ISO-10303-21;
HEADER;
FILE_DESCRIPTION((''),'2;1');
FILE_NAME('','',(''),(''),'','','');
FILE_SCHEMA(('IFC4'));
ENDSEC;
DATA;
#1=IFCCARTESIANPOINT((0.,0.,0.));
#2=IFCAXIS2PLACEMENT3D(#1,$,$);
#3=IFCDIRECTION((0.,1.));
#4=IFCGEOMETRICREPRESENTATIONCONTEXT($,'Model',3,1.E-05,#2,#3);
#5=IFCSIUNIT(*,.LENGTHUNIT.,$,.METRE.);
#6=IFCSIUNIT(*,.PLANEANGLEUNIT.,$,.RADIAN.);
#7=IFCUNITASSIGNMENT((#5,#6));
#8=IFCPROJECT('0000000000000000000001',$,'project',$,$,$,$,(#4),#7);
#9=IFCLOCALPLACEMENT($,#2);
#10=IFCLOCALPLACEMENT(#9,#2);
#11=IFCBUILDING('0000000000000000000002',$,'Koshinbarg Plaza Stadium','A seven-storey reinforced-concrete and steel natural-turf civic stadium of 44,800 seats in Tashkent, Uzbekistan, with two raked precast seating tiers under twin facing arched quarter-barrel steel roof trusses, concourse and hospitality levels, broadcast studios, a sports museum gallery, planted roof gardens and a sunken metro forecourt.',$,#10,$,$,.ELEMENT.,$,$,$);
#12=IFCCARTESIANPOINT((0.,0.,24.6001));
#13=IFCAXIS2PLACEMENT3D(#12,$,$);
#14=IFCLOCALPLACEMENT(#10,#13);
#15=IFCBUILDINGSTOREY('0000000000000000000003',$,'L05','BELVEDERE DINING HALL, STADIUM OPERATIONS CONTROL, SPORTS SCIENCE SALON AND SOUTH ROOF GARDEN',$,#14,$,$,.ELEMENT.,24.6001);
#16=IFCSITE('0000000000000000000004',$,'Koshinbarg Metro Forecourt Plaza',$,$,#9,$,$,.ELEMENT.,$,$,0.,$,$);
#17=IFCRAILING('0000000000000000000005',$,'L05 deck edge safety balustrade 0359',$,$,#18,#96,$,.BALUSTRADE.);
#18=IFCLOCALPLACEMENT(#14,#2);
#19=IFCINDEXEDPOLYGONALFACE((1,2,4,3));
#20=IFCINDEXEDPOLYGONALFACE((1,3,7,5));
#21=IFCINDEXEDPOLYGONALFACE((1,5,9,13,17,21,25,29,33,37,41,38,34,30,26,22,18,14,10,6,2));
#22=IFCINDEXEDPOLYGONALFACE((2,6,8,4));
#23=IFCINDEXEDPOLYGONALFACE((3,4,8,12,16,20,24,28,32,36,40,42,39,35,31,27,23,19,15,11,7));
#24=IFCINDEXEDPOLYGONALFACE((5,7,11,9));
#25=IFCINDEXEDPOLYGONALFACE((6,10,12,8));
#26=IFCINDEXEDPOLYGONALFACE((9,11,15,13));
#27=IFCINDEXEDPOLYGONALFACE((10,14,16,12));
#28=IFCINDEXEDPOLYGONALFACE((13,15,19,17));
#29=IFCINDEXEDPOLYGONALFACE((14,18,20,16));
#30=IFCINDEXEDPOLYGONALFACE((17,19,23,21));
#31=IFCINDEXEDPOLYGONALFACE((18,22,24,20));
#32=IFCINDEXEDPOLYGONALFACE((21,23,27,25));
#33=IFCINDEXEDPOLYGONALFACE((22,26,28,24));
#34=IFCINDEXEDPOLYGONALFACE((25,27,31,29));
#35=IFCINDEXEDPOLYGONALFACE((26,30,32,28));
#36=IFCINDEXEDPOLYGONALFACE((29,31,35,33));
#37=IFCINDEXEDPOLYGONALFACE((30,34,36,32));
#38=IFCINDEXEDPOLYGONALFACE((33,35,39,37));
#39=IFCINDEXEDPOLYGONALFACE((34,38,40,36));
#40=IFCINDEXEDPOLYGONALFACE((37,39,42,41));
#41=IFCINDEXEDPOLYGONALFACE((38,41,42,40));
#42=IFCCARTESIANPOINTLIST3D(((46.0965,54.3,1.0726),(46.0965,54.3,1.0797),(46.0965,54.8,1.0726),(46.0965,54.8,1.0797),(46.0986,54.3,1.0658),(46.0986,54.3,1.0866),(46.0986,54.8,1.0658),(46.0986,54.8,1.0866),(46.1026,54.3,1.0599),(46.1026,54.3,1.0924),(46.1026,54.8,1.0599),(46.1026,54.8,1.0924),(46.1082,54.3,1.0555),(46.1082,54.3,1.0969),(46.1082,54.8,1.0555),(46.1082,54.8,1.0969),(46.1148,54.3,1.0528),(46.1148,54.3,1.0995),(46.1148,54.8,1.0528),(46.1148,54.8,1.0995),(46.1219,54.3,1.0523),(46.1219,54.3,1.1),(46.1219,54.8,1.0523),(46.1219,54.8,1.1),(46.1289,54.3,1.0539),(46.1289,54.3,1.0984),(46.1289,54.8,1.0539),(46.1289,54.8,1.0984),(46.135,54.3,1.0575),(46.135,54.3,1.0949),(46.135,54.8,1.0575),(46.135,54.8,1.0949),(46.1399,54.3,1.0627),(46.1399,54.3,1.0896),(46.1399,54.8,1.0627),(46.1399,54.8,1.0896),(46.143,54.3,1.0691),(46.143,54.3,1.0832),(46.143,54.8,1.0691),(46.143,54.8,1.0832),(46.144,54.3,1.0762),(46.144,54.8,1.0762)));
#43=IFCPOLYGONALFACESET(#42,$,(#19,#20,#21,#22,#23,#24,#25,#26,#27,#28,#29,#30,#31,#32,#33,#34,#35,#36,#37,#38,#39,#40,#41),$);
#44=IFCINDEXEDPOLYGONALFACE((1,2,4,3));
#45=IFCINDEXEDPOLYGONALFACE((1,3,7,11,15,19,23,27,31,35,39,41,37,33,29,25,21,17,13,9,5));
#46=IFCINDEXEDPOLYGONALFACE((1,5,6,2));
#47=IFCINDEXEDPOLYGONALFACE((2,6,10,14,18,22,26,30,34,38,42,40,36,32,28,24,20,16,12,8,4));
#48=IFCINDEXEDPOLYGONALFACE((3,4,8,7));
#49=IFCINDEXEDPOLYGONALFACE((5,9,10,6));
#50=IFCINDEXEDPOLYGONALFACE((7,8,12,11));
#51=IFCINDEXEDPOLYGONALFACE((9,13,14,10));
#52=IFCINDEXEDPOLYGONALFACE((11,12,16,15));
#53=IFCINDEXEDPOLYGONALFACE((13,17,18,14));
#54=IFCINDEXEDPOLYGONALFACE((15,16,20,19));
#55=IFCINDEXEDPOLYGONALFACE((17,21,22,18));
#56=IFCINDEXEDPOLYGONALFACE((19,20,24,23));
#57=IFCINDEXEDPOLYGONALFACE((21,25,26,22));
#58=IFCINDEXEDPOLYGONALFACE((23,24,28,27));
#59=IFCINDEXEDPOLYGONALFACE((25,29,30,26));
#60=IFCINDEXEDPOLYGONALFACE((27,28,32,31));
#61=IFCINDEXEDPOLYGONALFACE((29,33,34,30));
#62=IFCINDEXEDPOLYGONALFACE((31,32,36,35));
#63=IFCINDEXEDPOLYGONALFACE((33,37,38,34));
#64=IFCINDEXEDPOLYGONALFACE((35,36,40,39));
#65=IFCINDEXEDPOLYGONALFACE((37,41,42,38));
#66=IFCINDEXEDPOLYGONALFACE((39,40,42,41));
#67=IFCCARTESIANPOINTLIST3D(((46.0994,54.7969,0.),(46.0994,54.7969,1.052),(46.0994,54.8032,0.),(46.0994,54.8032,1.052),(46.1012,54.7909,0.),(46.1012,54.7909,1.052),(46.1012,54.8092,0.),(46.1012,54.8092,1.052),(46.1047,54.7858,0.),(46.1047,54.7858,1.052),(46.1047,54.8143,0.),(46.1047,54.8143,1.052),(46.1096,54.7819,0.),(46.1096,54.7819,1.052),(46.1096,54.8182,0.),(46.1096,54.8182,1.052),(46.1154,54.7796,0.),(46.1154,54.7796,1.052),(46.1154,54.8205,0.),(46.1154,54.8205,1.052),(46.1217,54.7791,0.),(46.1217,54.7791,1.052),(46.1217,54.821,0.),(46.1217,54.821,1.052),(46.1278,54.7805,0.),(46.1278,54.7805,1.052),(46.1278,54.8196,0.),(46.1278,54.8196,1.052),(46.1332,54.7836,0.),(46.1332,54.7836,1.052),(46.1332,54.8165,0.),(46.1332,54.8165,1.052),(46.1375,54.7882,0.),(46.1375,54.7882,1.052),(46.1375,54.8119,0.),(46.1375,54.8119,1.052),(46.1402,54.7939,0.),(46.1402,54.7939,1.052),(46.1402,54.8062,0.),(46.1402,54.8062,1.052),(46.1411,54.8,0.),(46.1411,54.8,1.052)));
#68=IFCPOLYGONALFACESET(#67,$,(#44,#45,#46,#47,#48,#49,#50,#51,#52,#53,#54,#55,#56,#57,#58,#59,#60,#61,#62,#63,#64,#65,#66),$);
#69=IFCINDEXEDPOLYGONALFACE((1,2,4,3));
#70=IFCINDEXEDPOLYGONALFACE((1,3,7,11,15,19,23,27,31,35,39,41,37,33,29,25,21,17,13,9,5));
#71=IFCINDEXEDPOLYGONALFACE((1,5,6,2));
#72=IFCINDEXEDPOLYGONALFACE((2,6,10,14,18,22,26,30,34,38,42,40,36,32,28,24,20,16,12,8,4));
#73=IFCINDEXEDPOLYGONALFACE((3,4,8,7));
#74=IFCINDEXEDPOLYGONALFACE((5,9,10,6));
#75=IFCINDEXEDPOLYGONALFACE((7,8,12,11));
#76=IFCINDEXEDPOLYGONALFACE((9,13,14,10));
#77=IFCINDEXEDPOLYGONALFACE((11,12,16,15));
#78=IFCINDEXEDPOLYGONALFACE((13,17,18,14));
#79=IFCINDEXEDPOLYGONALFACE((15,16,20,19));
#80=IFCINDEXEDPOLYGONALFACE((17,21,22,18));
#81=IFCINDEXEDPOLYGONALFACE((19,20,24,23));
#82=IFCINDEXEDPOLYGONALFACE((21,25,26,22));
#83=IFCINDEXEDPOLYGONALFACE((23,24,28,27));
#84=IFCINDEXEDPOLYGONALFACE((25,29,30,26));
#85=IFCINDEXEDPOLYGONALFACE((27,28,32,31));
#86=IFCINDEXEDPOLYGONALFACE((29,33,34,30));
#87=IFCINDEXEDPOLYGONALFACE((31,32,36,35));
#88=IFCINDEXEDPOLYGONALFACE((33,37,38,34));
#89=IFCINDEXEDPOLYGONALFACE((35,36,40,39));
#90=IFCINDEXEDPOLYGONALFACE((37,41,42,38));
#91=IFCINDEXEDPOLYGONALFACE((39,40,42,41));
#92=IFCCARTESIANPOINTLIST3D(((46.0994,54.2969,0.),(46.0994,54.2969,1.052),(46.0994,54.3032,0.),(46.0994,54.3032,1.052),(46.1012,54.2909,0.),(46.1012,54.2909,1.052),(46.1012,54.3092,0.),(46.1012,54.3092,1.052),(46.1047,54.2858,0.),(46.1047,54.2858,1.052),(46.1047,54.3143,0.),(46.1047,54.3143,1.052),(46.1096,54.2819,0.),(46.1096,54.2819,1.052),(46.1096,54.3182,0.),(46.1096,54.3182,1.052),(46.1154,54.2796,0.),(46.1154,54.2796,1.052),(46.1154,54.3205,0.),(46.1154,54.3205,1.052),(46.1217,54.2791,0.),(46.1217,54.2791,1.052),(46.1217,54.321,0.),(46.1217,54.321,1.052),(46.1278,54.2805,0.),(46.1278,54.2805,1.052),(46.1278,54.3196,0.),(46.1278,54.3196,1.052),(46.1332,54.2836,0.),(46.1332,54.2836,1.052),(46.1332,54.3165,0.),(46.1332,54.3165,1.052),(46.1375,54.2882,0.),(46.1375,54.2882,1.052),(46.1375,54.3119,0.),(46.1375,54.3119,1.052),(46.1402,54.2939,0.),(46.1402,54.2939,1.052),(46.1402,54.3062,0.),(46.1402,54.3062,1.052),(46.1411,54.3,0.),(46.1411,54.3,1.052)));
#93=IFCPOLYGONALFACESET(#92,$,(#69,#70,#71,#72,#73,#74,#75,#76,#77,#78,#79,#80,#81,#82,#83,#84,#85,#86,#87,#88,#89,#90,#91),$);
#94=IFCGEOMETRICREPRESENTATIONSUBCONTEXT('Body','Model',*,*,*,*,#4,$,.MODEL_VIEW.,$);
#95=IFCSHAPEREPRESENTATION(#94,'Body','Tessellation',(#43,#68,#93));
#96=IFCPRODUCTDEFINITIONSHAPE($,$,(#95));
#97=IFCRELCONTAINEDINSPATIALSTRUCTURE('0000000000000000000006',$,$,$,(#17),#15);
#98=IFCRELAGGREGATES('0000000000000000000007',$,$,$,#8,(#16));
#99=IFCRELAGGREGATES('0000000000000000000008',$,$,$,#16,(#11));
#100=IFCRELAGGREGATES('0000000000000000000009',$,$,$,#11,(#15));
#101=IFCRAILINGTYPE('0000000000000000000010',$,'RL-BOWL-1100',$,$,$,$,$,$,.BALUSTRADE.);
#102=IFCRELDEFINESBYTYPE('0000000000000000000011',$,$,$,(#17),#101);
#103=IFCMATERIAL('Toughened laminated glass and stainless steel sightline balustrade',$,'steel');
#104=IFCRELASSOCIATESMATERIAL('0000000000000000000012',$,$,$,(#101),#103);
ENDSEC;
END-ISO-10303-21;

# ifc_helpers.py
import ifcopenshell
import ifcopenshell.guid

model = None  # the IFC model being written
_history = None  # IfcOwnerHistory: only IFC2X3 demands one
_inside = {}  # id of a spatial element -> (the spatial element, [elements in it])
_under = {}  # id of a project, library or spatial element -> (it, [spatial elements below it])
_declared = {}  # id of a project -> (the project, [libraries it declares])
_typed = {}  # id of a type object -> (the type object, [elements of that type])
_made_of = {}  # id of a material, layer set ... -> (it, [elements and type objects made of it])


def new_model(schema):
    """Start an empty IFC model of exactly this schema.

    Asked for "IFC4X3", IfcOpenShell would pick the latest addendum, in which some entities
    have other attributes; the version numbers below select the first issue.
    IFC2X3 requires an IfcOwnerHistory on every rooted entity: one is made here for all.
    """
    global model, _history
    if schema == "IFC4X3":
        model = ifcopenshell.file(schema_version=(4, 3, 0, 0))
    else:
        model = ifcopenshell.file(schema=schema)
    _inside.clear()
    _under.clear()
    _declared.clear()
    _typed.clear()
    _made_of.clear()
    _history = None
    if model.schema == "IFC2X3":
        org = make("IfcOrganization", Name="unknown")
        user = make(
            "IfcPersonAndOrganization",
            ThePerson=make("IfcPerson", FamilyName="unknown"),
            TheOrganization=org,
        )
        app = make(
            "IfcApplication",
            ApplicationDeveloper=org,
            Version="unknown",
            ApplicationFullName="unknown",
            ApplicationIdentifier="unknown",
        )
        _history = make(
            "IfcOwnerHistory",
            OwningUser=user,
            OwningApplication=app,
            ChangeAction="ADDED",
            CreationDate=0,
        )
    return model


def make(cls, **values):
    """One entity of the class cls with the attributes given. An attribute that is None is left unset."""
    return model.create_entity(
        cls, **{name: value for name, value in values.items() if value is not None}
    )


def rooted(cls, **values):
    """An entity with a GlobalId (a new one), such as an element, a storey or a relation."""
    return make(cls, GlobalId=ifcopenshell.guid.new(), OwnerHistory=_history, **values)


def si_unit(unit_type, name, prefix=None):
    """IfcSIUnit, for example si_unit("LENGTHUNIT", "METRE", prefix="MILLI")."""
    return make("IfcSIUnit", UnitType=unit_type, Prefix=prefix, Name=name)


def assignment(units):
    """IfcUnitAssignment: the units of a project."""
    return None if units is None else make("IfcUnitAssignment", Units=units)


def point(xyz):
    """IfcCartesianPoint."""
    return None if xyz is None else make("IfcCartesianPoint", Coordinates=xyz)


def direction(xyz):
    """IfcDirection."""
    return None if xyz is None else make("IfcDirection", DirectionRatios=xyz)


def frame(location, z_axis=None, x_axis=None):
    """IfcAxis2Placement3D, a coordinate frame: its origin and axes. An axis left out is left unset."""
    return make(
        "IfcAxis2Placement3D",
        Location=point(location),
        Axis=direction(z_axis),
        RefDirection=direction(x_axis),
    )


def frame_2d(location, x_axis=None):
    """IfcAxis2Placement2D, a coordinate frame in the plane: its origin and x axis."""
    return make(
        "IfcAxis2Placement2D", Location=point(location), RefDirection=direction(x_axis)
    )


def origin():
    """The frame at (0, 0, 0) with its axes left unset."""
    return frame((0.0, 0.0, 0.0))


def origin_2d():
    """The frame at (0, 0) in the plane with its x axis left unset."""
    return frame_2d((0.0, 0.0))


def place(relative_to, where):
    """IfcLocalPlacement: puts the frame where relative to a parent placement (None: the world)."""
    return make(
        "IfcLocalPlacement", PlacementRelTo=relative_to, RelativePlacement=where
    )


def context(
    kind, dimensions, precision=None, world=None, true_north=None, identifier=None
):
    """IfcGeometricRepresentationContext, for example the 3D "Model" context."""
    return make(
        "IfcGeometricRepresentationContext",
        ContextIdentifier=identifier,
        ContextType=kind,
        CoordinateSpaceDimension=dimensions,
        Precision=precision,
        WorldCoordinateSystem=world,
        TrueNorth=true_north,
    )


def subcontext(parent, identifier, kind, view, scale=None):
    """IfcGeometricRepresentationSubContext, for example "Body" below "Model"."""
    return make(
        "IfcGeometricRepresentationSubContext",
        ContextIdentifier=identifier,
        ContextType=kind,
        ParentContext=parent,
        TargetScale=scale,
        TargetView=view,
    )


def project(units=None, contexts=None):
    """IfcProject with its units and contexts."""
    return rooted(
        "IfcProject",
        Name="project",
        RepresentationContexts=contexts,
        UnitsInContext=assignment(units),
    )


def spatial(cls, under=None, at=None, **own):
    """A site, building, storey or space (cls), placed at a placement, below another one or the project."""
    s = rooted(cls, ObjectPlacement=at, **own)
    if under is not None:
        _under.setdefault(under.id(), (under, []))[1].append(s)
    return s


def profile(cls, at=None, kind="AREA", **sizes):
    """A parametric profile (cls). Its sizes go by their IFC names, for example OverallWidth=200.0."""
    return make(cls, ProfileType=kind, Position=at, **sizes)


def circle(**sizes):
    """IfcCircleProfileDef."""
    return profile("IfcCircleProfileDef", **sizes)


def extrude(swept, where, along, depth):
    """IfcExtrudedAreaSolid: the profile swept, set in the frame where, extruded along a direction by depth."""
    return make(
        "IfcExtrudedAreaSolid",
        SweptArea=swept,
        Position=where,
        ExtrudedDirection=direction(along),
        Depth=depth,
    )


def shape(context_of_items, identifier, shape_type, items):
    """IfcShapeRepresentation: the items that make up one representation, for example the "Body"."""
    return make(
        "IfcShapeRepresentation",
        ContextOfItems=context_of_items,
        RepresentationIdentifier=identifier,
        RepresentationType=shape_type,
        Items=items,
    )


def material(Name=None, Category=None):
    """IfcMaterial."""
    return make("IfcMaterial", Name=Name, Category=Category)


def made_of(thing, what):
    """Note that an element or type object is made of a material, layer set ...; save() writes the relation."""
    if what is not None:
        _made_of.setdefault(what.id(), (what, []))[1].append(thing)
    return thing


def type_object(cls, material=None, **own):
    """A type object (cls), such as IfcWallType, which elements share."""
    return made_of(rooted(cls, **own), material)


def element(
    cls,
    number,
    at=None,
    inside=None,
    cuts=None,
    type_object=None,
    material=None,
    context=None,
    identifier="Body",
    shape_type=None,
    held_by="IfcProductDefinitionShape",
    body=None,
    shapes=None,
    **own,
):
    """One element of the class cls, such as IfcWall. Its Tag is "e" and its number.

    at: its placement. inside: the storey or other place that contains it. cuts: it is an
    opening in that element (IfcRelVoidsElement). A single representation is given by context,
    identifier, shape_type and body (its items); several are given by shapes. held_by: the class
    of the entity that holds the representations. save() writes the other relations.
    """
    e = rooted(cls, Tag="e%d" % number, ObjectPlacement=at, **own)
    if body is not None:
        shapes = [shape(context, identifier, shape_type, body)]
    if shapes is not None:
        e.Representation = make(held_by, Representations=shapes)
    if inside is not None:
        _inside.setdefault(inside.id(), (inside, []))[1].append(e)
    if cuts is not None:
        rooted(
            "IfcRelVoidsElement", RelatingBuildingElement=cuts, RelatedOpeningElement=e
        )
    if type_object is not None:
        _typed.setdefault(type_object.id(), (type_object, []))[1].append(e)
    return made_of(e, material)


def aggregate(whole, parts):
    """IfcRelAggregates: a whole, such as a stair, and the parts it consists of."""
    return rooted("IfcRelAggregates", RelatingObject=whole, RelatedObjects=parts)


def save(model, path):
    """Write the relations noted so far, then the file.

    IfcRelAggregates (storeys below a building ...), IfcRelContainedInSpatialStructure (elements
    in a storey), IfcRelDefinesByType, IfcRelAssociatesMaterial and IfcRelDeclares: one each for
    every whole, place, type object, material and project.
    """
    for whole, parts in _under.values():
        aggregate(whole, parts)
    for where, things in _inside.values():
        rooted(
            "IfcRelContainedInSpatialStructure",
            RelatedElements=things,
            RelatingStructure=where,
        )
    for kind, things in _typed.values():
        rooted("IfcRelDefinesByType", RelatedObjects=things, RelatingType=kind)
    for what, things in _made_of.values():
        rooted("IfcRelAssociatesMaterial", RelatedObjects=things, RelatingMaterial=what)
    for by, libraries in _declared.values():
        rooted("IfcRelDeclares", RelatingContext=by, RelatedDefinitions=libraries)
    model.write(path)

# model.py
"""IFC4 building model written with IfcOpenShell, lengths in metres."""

from ifc_helpers import new_model, si_unit, direction, frame, origin, origin_2d, place, context, subcontext, project, spatial, circle, extrude, material, type_object, element, save


model = new_model("IFC4")

# Units and contexts
model_context = context("Model", 3, precision=1e-05, world=origin(), true_north=direction((0.0, 1.0)))
body_context = subcontext(model_context, "Body", "Model", "MODEL_VIEW")
ifc_project = project(units=[si_unit("LENGTHUNIT", "METRE"), si_unit("PLANEANGLEUNIT", "RADIAN")], contexts=[model_context])

# Site, building, storey
site_placement = place(None, origin())
site = spatial("IfcSite", under=ifc_project, at=site_placement, Name="Koshinbarg Metro Forecourt Plaza", CompositionType="ELEMENT", RefElevation=0.0)
building_placement = place(site_placement, origin())
building = spatial("IfcBuilding", under=site, at=building_placement, Name="Koshinbarg Plaza Stadium", Description="A seven-storey reinforced-concrete and steel natural-turf civic stadium of 44,800 seats in Tashkent, Uzbekistan, with two raked precast seating tiers under twin facing arched quarter-barrel steel roof trusses, concourse and hospitality levels, broadcast studios, a sports museum gallery, planted roof gardens and a sunken metro forecourt.", CompositionType="ELEMENT")
storey_placement = place(building_placement, frame((0.0, 0.0, 24.6001)))
storey = spatial("IfcBuildingStorey", under=building, at=storey_placement, Name="L05", Description="BELVEDERE DINING HALL, STADIUM OPERATIONS CONTROL, SPORTS SCIENCE SALON AND SOUTH ROOF GARDEN", CompositionType="ELEMENT", Elevation=24.6001)

# Railing
ifc_material_1 = material(Name="Toughened laminated glass and stainless steel sightline balustrade", Category="steel")
railing_type = type_object("IfcRailingType", Name="RL-BOWL-1100", PredefinedType="BALUSTRADE", material=ifc_material_1)
railing_1_placement = place(storey_placement, frame((46.1201, 54.8, 0.0)))
element("IfcRailing", 1, at=railing_1_placement, inside=storey, type_object=railing_type, Name="L05 deck edge safety balustrade 0359", PredefinedType="BALUSTRADE", context=body_context, shape_type="SweptSolid", body=[
    extrude(circle(Radius=0.0239, at=origin_2d()), frame((0.0, 0.0, 1.0762), z_axis=(0.0, -1.0, 0.0), x_axis=(1.0, 0.0, 0.0)), (0.0, 0.0, 1.0), 0.5),
    extrude(circle(Radius=0.021, at=origin_2d()), origin(), (0.0, 0.0, 1.0), 1.052),
    extrude(circle(Radius=0.021, at=origin_2d()), frame((0.0, -0.5, 0.0)), (0.0, 0.0, 1.0), 1.052),
])

save(model, "model.ifc")
